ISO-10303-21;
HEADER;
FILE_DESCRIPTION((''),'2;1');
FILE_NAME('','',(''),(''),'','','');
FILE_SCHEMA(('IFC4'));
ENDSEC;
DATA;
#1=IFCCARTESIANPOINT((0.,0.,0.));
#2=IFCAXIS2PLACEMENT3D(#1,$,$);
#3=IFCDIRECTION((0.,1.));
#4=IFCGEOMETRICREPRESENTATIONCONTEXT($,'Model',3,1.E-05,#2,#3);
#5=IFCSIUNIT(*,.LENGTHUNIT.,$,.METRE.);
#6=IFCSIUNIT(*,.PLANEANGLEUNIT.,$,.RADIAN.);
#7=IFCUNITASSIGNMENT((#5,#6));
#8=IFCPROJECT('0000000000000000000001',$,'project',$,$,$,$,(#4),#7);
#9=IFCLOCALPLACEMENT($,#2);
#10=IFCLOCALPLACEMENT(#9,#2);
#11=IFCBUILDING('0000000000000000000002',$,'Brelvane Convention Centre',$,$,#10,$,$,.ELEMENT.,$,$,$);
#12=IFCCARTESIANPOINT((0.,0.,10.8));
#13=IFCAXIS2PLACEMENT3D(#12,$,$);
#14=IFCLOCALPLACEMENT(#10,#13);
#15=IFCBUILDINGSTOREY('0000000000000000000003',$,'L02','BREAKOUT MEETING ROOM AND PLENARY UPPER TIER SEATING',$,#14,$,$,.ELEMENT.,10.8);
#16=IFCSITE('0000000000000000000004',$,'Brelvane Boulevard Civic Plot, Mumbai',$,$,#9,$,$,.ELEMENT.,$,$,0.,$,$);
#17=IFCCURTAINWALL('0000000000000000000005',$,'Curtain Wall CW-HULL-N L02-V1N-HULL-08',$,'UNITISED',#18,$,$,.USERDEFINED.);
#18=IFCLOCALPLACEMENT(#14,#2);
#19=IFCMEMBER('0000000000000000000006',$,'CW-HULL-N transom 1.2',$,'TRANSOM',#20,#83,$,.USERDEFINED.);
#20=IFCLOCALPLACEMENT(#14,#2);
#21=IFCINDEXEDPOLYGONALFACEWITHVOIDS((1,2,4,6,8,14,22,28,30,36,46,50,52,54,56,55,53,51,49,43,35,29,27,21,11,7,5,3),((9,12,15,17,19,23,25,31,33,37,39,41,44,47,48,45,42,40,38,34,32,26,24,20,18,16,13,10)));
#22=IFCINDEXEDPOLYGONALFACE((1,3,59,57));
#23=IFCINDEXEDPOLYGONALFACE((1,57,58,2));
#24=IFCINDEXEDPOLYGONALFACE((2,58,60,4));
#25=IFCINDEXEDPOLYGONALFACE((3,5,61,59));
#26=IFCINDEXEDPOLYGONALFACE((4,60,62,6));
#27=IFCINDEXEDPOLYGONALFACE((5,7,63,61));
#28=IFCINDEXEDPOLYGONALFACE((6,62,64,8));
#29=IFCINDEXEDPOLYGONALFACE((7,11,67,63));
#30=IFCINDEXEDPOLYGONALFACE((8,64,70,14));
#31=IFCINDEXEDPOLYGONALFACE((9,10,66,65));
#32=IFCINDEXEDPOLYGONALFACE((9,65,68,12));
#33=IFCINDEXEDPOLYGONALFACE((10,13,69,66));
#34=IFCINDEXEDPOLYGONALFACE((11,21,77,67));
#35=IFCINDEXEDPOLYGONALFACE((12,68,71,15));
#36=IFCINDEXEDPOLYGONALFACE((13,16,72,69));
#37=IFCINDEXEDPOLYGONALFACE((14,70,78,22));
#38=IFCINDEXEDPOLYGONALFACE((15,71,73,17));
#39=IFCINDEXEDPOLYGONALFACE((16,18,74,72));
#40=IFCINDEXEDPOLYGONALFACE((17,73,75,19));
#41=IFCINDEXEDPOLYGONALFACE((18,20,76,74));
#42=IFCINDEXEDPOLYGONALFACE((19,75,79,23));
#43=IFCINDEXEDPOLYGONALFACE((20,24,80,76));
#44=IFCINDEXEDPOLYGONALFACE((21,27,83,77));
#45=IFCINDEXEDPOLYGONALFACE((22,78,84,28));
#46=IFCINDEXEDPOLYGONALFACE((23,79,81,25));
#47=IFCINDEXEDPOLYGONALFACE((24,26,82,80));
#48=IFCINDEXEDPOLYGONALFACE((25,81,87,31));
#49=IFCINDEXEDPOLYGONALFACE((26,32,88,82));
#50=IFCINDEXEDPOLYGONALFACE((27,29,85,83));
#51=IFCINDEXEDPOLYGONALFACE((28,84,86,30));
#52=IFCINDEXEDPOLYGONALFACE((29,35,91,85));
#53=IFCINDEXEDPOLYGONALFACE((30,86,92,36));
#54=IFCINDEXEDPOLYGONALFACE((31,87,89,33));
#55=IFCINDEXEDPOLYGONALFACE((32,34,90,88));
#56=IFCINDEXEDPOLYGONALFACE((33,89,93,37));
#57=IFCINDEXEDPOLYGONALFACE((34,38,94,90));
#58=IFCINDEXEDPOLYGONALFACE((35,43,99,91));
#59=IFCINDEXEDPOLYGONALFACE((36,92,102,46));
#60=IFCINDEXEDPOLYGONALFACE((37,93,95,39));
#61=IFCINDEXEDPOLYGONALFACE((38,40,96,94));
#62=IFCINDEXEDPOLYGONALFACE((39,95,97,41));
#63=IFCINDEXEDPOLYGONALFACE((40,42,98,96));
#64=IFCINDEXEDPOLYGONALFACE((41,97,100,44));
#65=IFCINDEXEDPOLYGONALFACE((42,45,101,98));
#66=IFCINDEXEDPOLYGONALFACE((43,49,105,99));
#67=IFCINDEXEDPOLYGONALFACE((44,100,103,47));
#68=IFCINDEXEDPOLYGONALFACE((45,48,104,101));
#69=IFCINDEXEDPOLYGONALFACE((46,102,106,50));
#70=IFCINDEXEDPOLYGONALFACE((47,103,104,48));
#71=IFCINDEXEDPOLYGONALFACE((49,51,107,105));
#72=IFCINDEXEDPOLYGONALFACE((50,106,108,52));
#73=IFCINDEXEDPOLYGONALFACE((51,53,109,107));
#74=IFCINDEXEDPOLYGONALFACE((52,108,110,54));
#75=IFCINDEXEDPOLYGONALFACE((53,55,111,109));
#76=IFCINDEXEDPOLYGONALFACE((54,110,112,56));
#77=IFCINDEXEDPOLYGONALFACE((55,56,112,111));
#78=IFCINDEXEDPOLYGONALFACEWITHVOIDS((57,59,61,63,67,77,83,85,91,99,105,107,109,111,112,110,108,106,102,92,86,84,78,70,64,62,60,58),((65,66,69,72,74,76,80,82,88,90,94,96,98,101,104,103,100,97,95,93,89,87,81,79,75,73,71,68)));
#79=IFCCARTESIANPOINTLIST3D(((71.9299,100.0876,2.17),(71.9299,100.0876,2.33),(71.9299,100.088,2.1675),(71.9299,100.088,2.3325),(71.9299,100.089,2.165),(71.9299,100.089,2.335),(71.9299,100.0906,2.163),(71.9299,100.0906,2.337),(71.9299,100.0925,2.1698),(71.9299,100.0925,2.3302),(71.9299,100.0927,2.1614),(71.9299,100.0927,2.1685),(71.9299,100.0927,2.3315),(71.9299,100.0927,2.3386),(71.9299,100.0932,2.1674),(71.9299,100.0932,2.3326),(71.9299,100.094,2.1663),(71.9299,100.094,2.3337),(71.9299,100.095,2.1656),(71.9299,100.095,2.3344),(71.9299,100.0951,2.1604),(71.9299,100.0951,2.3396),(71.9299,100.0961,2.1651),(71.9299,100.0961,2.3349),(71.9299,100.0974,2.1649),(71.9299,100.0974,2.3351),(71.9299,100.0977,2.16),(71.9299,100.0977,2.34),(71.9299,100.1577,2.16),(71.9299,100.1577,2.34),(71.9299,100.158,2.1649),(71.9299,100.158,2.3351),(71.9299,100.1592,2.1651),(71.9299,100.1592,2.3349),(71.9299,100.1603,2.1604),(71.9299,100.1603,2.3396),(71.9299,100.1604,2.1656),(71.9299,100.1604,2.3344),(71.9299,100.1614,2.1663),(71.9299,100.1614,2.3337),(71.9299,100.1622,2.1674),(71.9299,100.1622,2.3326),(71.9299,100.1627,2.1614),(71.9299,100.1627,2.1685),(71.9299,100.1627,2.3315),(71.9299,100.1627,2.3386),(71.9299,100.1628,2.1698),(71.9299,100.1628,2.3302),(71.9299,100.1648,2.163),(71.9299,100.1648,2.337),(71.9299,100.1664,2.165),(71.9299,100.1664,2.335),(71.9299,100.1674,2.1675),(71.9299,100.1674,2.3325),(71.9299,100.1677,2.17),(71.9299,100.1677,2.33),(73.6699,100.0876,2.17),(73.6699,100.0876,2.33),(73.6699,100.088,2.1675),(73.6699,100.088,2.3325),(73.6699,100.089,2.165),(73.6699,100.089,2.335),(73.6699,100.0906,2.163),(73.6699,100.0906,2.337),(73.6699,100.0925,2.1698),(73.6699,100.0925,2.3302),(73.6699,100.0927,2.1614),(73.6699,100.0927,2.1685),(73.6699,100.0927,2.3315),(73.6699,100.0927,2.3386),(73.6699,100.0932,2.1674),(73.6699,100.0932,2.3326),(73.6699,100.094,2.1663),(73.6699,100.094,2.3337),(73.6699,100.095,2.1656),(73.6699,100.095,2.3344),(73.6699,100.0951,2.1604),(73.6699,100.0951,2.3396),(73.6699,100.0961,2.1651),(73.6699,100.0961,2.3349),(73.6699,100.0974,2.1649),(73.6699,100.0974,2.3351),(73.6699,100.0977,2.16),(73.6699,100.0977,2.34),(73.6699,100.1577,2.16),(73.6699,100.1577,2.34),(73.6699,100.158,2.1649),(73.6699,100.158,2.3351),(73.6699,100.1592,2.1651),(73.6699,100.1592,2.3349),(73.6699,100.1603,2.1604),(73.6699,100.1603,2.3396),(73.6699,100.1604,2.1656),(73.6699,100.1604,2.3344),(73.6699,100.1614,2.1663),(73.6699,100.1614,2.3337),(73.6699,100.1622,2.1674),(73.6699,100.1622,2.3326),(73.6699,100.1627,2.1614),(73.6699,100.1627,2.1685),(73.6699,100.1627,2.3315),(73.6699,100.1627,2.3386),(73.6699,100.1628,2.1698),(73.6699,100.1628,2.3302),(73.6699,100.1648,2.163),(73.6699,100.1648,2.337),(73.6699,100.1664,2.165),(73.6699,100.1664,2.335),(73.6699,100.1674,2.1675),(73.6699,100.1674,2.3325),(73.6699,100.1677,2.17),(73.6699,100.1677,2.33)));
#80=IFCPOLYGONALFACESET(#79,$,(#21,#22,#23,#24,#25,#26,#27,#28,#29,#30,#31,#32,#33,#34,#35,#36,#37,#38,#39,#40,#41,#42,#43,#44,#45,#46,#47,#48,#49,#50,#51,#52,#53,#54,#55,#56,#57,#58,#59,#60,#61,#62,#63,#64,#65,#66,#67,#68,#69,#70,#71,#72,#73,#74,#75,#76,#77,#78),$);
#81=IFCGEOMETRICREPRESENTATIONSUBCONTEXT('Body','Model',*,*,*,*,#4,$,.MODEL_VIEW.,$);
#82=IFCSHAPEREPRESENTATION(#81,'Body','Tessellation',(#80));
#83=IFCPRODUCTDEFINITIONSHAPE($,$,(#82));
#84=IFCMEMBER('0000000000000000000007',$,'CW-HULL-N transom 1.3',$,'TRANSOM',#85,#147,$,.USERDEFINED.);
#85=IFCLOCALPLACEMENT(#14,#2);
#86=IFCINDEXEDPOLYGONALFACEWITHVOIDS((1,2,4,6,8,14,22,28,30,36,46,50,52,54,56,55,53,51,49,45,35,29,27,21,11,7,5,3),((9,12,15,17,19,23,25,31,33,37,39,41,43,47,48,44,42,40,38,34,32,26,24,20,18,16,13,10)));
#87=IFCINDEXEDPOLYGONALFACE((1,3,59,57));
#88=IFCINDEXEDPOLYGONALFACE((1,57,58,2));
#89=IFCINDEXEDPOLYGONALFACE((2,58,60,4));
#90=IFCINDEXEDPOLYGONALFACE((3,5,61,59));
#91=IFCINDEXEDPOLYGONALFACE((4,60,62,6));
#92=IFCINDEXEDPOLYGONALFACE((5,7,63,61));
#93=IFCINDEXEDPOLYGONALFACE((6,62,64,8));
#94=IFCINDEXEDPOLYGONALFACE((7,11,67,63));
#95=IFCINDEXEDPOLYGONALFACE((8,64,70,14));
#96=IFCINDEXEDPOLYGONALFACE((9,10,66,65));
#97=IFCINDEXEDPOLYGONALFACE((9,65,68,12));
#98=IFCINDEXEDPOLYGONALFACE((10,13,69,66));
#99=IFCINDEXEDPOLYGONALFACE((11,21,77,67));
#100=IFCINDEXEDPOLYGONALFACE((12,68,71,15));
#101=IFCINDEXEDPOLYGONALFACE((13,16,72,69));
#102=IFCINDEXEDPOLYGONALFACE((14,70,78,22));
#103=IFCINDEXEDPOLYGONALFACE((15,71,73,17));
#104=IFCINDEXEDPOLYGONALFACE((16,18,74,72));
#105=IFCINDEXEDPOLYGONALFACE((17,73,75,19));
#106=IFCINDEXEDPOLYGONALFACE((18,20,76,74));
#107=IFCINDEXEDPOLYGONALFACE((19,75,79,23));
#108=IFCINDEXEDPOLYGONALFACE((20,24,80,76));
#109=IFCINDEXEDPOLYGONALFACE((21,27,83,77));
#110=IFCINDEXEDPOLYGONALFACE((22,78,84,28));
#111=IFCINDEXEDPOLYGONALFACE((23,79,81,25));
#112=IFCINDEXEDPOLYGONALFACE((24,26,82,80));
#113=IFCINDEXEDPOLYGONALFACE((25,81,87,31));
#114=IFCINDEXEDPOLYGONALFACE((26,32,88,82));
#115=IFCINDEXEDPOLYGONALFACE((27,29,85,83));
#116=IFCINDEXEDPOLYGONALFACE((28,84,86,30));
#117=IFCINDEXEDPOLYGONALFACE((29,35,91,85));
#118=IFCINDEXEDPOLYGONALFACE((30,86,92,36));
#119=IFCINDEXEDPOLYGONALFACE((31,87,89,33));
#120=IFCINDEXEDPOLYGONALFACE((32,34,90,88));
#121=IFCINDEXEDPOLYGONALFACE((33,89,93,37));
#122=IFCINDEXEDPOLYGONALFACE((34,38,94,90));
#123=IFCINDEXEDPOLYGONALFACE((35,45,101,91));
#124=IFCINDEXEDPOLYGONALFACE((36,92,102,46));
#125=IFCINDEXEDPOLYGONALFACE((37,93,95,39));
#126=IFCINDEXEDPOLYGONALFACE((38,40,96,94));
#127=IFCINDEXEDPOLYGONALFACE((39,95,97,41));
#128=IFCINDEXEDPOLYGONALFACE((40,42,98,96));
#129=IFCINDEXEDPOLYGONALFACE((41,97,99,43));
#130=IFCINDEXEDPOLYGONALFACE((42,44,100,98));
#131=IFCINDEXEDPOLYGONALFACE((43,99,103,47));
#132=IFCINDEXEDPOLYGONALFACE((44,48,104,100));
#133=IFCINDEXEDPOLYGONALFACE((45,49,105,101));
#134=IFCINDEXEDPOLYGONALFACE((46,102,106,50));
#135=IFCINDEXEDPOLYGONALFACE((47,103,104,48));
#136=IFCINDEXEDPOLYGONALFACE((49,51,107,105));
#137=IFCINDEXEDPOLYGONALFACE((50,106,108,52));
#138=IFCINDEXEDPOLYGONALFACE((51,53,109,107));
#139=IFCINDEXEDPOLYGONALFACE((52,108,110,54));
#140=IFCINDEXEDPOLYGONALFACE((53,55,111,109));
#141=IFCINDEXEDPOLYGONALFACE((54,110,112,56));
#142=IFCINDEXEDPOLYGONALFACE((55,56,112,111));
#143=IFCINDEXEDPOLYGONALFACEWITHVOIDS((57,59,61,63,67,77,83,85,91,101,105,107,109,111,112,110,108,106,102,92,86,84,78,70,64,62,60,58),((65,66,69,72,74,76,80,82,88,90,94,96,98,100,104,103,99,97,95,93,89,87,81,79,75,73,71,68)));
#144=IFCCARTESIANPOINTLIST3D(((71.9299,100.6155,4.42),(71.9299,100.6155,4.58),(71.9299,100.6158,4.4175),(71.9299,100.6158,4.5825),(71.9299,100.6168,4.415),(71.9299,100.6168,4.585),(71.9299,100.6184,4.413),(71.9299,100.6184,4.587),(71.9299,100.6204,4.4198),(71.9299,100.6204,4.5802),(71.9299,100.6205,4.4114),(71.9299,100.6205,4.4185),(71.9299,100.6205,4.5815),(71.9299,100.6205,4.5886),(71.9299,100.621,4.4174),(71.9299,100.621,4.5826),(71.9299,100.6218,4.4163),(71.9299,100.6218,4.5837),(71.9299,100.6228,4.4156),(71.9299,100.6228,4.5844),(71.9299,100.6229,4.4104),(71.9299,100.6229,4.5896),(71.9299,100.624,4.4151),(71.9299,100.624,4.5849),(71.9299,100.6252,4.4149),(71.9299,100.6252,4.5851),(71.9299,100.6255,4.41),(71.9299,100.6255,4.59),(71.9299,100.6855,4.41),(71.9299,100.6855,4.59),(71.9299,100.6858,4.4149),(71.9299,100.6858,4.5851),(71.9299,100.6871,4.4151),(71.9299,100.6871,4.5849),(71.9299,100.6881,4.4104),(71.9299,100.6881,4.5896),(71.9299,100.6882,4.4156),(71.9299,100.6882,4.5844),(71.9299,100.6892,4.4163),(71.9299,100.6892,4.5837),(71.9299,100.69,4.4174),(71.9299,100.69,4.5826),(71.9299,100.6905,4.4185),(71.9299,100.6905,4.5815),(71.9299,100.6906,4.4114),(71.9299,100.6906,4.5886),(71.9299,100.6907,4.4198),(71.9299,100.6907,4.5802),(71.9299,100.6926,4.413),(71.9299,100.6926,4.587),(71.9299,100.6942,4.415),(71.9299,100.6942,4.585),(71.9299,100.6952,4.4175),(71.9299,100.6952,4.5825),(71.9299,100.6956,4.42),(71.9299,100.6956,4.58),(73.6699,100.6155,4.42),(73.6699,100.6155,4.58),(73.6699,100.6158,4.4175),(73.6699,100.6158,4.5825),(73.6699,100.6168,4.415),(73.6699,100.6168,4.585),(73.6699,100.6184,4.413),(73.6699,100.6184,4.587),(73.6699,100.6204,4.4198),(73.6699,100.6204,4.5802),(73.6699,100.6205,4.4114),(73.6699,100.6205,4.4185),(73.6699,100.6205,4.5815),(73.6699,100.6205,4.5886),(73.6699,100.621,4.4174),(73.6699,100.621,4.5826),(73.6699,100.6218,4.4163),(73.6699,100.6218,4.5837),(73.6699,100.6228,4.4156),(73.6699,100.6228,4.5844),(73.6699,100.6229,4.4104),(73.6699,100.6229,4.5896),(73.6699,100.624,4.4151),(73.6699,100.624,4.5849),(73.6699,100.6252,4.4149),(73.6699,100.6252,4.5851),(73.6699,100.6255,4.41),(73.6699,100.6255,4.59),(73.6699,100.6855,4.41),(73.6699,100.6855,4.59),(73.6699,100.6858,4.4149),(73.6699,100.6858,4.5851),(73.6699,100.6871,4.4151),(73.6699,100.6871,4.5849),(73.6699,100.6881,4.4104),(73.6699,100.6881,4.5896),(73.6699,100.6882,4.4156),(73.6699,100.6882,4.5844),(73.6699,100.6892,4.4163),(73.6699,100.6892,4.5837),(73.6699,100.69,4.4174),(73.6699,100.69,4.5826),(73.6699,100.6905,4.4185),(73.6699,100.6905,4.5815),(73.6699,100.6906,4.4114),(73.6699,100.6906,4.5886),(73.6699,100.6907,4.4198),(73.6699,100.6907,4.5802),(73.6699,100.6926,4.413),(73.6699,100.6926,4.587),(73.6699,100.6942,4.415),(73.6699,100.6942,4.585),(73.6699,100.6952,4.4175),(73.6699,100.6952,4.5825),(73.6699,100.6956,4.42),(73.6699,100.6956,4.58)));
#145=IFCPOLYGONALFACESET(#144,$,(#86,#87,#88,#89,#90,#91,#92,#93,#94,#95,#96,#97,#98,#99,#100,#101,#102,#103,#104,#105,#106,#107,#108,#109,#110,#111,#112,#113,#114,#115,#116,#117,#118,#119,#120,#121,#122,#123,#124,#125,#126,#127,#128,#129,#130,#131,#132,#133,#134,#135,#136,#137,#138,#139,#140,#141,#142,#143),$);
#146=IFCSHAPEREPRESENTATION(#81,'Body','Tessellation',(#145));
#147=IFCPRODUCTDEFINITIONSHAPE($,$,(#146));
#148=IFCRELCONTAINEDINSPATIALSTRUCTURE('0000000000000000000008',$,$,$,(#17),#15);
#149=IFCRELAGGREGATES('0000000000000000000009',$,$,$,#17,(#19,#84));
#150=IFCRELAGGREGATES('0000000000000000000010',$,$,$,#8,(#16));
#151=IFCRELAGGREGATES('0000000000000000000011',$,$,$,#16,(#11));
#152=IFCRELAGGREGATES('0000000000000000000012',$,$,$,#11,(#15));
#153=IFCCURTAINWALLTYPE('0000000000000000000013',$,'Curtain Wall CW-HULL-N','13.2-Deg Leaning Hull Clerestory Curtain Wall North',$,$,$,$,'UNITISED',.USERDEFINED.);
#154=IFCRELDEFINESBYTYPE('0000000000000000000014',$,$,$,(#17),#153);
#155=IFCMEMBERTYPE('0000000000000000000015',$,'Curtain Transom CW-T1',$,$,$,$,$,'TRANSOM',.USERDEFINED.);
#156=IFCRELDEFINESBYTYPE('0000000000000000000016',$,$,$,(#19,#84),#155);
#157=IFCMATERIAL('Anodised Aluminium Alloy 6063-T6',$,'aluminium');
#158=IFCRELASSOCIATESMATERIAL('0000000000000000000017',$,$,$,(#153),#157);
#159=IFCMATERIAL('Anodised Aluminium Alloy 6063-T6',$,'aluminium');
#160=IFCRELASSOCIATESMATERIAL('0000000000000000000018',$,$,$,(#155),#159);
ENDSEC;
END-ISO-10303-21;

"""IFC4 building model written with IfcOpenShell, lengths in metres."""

from ifc_helpers import new_model, si_unit, direction, frame, origin, origin_2d, place, context, subcontext, project, spatial, hollow_rectangle, extrude, material, material_profile, profile_set, type_object, element, aggregate, save


model = new_model("IFC4")

# Units and contexts
model_context = context("Model", 3, precision=1e-05, world=origin(), true_north=direction((0.0, 1.0)))
body_context = subcontext(model_context, "Body", "Model", "MODEL_VIEW")
ifc_project = project(units=[si_unit("LENGTHUNIT", "METRE"), si_unit("PLANEANGLEUNIT", "RADIAN")], contexts=[model_context])

# Site, building, storey
site_placement = place(None, origin())
site = spatial("IfcSite", under=ifc_project, at=site_placement, Name="Brelvane Boulevard Civic Plot, Mumbai", CompositionType="ELEMENT", RefElevation=0.0)
building_placement = place(site_placement, origin())
building = spatial("IfcBuilding", under=site, at=building_placement, Name="Brelvane Convention Centre", CompositionType="ELEMENT")
storey_placement = place(building_placement, frame((0.0, 0.0, 10.8)))
storey = spatial("IfcBuildingStorey", under=building, at=storey_placement, Name="L02", Description="BREAKOUT MEETING ROOM AND PLENARY UPPER TIER SEATING", CompositionType="ELEMENT", Elevation=10.8)

# Shared definitions
ifc_material_1 = material(Name="Anodised Aluminium Alloy 6063-T6", Category="aluminium")
curtain_wall_type = type_object("IfcCurtainWallType", Name="Curtain Wall CW-HULL-N", Description="13.2-Deg Leaning Hull Clerestory Curtain Wall North", ElementType="UNITISED", PredefinedType="USERDEFINED", material=ifc_material_1)

# Curtain wall
curtain_wall_1_placement = place(storey_placement, origin())
curtain_wall_1 = element("IfcCurtainWall", 1, at=curtain_wall_1_placement, inside=storey, type_object=curtain_wall_type, Name="Curtain Wall CW-HULL-N L02-V1N-HULL-08", ObjectType="UNITISED", PredefinedType="USERDEFINED")

# Members
ifc_material_2 = material(Name="Anodised Aluminium Alloy 6063-T6", Category="aluminium")
ifc_material_profile_1 = material_profile(ifc_material_2, hollow_rectangle(XDim=0.0801, YDim=0.1799, WallThickness=0.0049, InnerFilletRadius=0.0049, OuterFilletRadius=0.01, at=origin_2d()), Name="ALU-T 180x80x5.0")
ifc_profile_set_1 = profile_set([ifc_material_profile_1], Name="Anodised Aluminium Alloy 6063-T6")
member_type_1 = type_object("IfcMemberType", Name="Curtain Transom CW-T1", ElementType="TRANSOM", PredefinedType="USERDEFINED", material=ifc_profile_set_1)
member_1_placement = place(storey_placement, frame((71.9299, 100.1277, 2.25), z_axis=(1.0, 0.0, 0.0), x_axis=(0.0, 1.0, 0.0)))
member_1 = element("IfcMember", 2, at=member_1_placement, type_object=member_type_1, Name="CW-HULL-N transom 1.2", ObjectType="TRANSOM", PredefinedType="USERDEFINED", context=body_context, shape_type="SweptSolid", body=[
    extrude(hollow_rectangle(XDim=0.0801, YDim=0.1799, WallThickness=0.0049, InnerFilletRadius=0.0049, OuterFilletRadius=0.01, at=origin_2d()), origin(), (0.0, 0.0, 1.0), 1.74),
])
member_2_placement = place(storey_placement, frame((71.9299, 100.6555, 4.5), z_axis=(1.0, 0.0, 0.0), x_axis=(0.0, 1.0, 0.0)))
member_2 = element("IfcMember", 3, at=member_2_placement, type_object=member_type_1, Name="CW-HULL-N transom 1.3", ObjectType="TRANSOM", PredefinedType="USERDEFINED", context=body_context, shape_type="SweptSolid", body=[
    extrude(hollow_rectangle(XDim=0.0801, YDim=0.1799, WallThickness=0.0049, InnerFilletRadius=0.0049, OuterFilletRadius=0.01, at=origin_2d()), origin(), (0.0, 0.0, 1.0), 1.74),
])

aggregate(curtain_wall_1, [member_1, member_2])

save(model, "model.ifc")
